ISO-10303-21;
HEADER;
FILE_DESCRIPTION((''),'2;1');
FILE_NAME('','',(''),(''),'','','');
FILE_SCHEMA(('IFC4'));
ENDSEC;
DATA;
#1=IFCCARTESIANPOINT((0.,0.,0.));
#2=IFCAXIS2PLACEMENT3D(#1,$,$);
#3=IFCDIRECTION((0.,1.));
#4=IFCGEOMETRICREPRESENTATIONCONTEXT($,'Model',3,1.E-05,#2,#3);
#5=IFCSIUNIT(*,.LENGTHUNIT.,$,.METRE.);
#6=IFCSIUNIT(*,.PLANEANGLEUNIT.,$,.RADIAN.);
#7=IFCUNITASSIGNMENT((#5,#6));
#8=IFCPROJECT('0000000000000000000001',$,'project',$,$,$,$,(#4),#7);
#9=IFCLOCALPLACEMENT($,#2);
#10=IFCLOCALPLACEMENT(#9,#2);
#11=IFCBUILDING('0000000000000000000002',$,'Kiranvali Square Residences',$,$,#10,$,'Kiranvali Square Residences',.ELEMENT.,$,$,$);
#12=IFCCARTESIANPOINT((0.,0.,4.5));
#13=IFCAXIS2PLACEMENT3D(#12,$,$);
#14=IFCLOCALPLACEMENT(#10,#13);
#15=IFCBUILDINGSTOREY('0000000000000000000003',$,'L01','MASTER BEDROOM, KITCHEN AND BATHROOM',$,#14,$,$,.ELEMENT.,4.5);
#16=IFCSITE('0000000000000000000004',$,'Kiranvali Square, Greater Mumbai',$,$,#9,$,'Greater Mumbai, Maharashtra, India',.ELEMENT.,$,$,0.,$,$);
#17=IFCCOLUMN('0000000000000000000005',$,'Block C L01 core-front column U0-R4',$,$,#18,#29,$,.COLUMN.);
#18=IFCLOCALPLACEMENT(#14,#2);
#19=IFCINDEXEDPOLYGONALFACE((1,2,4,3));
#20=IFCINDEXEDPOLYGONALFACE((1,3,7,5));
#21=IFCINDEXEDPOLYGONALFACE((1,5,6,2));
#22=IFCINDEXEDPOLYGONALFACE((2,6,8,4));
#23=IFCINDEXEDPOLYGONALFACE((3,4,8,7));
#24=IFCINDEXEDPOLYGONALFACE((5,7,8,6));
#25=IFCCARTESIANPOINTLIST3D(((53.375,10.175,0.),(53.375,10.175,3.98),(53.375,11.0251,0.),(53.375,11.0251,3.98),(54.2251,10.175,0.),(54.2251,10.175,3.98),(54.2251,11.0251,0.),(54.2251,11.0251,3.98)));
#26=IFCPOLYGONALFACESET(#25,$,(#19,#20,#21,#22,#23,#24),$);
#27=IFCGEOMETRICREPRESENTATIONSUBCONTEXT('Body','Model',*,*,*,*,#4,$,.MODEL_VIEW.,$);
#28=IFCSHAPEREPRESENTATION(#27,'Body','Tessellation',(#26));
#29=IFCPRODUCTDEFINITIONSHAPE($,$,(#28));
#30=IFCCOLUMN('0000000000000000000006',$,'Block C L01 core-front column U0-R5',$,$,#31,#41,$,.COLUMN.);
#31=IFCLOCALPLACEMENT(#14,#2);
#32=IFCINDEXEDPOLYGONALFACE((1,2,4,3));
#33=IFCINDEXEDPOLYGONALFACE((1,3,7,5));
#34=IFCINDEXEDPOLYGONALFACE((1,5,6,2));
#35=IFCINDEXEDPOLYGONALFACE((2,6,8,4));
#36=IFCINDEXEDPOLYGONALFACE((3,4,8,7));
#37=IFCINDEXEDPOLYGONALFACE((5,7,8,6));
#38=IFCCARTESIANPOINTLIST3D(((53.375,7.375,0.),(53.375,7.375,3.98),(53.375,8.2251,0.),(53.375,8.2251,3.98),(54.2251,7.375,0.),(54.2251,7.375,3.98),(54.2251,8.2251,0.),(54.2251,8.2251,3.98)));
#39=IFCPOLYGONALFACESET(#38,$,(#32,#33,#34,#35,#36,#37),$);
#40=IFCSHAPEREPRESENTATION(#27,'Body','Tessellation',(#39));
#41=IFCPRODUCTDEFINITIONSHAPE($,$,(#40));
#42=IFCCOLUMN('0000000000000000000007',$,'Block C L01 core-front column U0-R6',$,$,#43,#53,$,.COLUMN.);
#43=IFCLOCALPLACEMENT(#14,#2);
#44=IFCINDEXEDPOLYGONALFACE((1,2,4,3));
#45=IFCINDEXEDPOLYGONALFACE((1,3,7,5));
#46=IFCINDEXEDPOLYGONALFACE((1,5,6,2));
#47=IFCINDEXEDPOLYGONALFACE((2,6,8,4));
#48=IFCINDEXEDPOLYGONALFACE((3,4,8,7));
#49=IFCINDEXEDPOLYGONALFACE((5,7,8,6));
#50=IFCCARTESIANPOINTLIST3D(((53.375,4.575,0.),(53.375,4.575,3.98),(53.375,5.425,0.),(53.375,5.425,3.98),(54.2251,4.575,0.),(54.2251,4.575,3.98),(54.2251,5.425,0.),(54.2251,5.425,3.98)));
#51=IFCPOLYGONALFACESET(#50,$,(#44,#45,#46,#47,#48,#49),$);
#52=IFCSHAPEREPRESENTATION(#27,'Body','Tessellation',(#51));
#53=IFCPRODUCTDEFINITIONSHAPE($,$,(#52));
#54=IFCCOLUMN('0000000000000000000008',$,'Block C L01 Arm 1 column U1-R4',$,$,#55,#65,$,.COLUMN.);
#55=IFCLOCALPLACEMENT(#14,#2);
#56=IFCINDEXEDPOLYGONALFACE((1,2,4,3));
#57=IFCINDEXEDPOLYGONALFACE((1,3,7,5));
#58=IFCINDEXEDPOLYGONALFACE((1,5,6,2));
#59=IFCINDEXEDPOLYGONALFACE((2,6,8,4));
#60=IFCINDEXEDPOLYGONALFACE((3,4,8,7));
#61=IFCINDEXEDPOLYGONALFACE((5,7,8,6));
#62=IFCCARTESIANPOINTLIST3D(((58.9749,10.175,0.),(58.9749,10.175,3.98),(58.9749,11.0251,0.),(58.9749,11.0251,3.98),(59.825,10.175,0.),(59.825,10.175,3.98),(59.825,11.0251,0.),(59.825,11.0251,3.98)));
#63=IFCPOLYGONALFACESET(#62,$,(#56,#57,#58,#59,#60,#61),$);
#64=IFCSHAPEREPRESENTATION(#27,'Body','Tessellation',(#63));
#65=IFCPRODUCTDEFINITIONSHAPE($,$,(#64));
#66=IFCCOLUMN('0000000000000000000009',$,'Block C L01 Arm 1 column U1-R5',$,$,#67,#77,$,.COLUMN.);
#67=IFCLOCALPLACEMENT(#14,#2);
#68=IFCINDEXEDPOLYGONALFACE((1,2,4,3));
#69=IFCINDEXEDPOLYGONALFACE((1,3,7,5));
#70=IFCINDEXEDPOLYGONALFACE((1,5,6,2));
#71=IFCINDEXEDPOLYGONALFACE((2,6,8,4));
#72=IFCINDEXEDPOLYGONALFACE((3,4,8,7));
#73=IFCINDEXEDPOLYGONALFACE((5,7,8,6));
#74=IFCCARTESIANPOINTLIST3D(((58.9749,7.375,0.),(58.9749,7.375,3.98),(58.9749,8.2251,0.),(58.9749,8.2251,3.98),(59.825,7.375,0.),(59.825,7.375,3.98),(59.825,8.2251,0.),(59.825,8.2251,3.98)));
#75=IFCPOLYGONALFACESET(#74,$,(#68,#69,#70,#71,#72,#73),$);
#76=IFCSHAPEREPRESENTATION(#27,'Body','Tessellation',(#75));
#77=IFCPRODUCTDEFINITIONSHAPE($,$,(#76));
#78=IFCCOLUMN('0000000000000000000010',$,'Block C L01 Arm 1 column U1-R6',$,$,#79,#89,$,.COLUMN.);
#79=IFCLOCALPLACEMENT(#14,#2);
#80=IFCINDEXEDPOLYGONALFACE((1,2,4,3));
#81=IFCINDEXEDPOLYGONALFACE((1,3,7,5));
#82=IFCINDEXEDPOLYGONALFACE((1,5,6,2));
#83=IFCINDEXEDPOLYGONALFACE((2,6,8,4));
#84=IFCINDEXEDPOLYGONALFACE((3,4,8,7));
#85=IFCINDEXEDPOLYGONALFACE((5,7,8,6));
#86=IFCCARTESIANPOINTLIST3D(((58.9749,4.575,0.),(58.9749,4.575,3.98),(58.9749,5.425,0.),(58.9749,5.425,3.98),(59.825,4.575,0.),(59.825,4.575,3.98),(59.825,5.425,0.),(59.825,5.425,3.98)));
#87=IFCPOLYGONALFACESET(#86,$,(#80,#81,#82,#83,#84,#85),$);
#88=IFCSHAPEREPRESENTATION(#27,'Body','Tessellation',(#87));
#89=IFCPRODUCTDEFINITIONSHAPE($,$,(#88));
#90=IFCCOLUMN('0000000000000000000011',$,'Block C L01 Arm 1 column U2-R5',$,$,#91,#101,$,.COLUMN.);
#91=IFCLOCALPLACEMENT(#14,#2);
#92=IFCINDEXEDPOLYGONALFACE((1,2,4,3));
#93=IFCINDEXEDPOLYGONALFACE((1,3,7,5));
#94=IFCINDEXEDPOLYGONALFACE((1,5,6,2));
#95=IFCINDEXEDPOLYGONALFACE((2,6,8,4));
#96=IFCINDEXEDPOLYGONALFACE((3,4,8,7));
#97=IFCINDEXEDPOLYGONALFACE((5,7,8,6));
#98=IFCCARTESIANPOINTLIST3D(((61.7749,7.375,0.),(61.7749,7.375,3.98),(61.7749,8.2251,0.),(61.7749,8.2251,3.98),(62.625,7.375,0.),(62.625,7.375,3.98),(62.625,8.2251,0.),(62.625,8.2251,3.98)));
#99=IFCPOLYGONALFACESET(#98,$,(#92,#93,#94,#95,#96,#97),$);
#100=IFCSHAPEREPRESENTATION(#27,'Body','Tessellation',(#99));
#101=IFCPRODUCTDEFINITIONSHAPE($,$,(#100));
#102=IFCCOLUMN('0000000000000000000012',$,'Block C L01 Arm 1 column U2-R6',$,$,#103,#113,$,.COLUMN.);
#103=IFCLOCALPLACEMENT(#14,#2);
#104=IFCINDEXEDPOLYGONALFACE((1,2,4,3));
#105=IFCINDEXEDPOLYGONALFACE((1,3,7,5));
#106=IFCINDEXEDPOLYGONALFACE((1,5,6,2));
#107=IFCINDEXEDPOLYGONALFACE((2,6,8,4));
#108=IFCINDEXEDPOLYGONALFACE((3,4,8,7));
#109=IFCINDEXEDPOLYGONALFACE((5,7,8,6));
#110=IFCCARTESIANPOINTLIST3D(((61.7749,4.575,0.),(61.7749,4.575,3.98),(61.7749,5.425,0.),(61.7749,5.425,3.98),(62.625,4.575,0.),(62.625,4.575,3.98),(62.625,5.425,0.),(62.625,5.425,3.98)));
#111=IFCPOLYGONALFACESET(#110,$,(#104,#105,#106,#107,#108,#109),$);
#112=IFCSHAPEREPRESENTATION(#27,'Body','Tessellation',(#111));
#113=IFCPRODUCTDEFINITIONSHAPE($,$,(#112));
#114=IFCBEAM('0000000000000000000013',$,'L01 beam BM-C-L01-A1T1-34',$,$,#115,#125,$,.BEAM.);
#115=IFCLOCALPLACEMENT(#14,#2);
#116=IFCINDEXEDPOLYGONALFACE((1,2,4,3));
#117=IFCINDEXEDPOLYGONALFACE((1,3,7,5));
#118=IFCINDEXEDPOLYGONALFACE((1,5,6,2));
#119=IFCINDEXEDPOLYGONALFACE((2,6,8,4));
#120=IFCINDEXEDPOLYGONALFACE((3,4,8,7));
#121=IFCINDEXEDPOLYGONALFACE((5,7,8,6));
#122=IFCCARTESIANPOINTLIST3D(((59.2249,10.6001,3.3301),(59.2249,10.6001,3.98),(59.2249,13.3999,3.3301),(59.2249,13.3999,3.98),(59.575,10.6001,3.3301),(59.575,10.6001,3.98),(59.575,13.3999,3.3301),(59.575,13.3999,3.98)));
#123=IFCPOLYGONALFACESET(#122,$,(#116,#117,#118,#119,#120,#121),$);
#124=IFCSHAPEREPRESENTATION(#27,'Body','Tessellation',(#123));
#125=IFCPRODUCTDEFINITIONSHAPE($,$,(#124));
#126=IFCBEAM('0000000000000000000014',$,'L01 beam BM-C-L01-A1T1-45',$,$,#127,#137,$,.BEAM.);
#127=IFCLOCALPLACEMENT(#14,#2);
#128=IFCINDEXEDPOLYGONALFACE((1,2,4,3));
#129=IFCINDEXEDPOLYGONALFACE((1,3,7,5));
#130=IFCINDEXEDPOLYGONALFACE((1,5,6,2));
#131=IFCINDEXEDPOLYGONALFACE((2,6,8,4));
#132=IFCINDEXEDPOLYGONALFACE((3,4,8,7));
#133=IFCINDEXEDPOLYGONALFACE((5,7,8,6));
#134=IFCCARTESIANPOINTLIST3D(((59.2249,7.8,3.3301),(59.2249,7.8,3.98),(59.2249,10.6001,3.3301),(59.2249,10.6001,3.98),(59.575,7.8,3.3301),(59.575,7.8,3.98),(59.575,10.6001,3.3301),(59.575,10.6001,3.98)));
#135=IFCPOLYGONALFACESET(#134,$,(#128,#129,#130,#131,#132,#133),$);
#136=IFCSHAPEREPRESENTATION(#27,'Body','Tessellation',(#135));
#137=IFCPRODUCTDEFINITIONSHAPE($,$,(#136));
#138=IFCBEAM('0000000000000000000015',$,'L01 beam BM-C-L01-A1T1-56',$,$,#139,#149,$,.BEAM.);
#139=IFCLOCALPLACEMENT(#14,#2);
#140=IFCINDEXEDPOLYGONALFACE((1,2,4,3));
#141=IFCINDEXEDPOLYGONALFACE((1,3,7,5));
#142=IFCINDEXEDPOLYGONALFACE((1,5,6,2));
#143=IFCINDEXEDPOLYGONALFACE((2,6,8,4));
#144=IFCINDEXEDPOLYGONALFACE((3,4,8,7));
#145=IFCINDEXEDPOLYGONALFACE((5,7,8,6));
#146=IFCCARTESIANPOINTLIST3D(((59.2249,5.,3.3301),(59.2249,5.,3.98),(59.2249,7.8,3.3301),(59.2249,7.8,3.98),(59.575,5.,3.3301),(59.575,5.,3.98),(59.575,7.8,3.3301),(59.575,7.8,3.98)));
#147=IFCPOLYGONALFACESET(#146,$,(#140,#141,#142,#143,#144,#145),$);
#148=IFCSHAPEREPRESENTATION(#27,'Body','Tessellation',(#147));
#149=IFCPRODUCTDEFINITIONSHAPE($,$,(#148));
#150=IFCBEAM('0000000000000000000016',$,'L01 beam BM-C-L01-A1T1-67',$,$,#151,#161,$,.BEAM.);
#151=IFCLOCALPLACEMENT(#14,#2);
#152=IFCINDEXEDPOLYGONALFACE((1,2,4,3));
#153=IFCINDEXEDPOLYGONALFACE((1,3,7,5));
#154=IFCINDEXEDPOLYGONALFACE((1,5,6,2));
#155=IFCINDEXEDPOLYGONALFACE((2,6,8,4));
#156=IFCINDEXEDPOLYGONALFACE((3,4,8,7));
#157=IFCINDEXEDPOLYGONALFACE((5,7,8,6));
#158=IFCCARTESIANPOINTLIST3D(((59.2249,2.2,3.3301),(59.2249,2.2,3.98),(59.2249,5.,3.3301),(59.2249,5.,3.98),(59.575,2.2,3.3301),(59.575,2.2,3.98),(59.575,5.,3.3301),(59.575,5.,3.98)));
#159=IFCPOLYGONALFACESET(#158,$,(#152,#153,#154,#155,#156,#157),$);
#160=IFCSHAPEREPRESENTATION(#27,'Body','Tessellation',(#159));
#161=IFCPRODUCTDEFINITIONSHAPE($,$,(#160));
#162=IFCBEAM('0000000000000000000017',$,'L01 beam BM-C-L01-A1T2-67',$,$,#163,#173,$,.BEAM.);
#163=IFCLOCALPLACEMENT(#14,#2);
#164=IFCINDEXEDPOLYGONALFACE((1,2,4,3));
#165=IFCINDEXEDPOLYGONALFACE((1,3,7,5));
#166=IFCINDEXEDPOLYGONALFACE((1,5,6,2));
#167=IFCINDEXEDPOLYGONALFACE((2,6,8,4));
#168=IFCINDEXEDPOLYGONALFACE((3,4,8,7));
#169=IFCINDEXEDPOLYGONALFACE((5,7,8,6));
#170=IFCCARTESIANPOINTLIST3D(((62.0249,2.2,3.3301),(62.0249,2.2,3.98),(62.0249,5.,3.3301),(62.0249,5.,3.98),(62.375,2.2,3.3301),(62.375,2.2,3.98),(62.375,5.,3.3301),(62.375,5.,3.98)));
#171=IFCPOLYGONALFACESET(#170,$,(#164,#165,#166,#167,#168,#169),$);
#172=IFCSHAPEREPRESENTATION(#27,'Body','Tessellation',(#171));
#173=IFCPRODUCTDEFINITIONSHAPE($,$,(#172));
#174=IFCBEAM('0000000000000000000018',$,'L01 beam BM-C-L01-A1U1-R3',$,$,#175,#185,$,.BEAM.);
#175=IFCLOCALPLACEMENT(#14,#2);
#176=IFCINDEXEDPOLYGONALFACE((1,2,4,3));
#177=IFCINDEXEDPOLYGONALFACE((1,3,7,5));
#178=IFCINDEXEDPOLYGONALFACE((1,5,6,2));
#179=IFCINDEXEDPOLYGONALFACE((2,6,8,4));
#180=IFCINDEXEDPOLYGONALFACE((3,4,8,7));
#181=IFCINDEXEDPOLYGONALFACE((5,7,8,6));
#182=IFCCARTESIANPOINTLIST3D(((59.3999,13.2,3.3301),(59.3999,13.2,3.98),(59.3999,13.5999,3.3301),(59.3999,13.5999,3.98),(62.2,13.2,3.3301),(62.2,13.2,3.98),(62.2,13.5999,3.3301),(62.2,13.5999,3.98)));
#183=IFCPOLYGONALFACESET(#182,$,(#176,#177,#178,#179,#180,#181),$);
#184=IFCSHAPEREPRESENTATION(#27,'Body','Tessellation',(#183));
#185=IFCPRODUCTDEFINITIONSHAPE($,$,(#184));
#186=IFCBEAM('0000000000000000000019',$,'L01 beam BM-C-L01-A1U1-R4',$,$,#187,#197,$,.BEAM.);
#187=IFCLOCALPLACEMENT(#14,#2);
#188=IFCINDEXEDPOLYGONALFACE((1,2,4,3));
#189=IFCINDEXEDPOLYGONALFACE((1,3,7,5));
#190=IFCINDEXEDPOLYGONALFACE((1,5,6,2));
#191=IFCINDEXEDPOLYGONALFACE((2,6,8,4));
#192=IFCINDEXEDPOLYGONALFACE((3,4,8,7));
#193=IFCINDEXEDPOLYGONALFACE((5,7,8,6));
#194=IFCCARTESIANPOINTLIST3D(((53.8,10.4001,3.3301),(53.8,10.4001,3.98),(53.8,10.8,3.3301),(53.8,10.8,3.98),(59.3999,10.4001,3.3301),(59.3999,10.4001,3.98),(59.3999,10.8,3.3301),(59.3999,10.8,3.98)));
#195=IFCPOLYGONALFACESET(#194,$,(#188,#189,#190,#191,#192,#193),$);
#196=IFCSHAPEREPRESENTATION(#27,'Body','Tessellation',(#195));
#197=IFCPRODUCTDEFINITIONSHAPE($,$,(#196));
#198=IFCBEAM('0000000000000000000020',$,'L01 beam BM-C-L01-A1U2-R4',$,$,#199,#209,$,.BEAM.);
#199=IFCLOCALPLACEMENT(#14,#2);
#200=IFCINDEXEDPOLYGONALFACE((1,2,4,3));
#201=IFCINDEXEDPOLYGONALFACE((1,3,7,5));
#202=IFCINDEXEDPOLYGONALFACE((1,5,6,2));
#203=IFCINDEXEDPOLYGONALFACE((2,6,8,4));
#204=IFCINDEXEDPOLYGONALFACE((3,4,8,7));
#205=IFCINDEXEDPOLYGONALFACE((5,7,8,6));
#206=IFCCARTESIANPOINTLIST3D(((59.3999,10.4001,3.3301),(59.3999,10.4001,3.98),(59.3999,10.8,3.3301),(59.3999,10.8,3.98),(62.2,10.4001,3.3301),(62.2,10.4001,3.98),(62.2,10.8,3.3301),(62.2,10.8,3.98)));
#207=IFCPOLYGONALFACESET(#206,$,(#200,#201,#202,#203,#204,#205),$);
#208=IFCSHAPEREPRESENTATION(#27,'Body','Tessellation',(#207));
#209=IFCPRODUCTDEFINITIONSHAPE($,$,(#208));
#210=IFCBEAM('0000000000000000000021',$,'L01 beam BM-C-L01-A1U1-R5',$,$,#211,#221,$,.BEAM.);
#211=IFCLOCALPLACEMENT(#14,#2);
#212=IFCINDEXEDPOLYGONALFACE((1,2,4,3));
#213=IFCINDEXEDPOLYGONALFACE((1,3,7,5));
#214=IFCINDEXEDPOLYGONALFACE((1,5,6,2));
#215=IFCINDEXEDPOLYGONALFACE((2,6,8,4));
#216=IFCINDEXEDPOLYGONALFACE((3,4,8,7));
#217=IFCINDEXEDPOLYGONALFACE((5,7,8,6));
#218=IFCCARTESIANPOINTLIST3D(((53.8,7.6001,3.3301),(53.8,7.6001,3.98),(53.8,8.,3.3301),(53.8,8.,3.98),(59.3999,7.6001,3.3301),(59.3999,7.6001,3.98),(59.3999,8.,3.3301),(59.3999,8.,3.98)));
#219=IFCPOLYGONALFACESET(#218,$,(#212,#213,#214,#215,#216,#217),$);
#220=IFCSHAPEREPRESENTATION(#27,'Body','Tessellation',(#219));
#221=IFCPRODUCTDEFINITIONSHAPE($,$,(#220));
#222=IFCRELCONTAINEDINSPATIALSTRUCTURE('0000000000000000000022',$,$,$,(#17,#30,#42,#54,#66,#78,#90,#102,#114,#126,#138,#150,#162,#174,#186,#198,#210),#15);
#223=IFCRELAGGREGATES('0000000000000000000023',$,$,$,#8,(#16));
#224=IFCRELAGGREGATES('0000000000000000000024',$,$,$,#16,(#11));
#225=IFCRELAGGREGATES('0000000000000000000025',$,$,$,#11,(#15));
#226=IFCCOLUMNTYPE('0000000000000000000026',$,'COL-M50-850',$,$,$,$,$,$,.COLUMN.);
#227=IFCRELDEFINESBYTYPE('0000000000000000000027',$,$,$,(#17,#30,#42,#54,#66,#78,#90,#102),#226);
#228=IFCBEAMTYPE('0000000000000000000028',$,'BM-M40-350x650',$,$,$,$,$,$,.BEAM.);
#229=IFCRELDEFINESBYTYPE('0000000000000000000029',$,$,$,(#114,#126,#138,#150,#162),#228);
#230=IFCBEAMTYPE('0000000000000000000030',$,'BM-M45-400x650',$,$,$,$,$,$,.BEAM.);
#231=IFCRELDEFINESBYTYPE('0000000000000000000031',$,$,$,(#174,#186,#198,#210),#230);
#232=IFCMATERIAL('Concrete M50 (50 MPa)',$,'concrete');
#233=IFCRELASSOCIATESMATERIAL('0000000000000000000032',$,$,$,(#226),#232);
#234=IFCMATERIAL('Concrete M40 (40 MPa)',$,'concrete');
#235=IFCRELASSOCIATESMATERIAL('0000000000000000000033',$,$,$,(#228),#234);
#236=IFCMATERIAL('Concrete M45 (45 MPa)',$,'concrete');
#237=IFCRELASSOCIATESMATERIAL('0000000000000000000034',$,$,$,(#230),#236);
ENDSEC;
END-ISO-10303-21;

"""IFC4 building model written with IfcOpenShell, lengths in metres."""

from ifc_helpers import new_model, si_unit, direction, frame, origin, origin_2d, place, context, subcontext, project, spatial, rectangle, extrude, material, material_profile, profile_set, type_object, element, save


model = new_model("IFC4")

# Units and contexts
model_context = context("Model", 3, precision=1e-05, world=origin(), true_north=direction((0.0, 1.0)))
body_context = subcontext(model_context, "Body", "Model", "MODEL_VIEW")
ifc_project = project(units=[si_unit("LENGTHUNIT", "METRE"), si_unit("PLANEANGLEUNIT", "RADIAN")], contexts=[model_context])

# Site, building, storey
site_placement = place(None, origin())
site = spatial("IfcSite", under=ifc_project, at=site_placement, Name="Kiranvali Square, Greater Mumbai", LongName="Greater Mumbai, Maharashtra, India", CompositionType="ELEMENT", RefElevation=0.0)
building_placement = place(site_placement, origin())
building = spatial("IfcBuilding", under=site, at=building_placement, Name="Kiranvali Square Residences", LongName="Kiranvali Square Residences", CompositionType="ELEMENT")
storey_placement = place(building_placement, frame((0.0, 0.0, 4.5)))
storey = spatial("IfcBuildingStorey", under=building, at=storey_placement, Name="L01", Description="MASTER BEDROOM, KITCHEN AND BATHROOM", CompositionType="ELEMENT", Elevation=4.5)

# Columns
ifc_material_1 = material(Name="Concrete M50 (50 MPa)", Category="concrete")
ifc_material_profile_1 = material_profile(ifc_material_1, rectangle(XDim=0.8501, YDim=0.8501, at=origin_2d()), Name="RC 850x850")
ifc_profile_set_1 = profile_set([ifc_material_profile_1], Name="Concrete M50 (50 MPa)")
column_type = type_object("IfcColumnType", Name="COL-M50-850", PredefinedType="COLUMN", material=ifc_profile_set_1)
for number, where, z_axis, x_axis, name in (
    (1, (53.8, 10.6001, 0.0), (0.0, 0.0, 1.0), (1.0, 0.0, 0.0), "Block C L01 core-front column U0-R4"),
    (2, (53.8, 7.8, 0.0), (0.0, 0.0, 1.0), (1.0, 0.0, 0.0), "Block C L01 core-front column U0-R5"),
    (3, (53.8, 5.0, 0.0), (0.0, 0.0, 1.0), (1.0, 0.0, 0.0), "Block C L01 core-front column U0-R6"),
    (4, (59.3999, 10.6001, 0.0), (0.0, 0.0, 1.0), (1.0, 0.0, 0.0), "Block C L01 Arm 1 column U1-R4"),
    (5, (59.3999, 7.8, 0.0), (0.0, 0.0, 1.0), (1.0, 0.0, 0.0), "Block C L01 Arm 1 column U1-R5"),
    (6, (59.3999, 5.0, 0.0), (0.0, 0.0, 1.0), (1.0, 0.0, 0.0), "Block C L01 Arm 1 column U1-R6"),
    (7, (62.2, 7.8, 0.0), (0.0, 0.0, 1.0), (1.0, 0.0, 0.0), "Block C L01 Arm 1 column U2-R5"),
    (8, (62.2, 5.0, 0.0), (0.0, 0.0, 1.0), (1.0, 0.0, 0.0), "Block C L01 Arm 1 column U2-R6"),
):
    element("IfcColumn", number, at=place(storey_placement, frame(where, z_axis=z_axis, x_axis=x_axis)), inside=storey, type_object=column_type, Name=name, PredefinedType="COLUMN", context=body_context, shape_type="SweptSolid", body=[
        extrude(rectangle(XDim=0.8501, YDim=0.8501, at=origin_2d()), origin(), (0.0, 0.0, 1.0), 3.98),
    ])

# Beams
ifc_material_2 = material(Name="Concrete M40 (40 MPa)", Category="concrete")
ifc_material_profile_2 = material_profile(ifc_material_2, rectangle(XDim=0.3501, YDim=0.6499, at=origin_2d()), Name="RC 350x650")
ifc_profile_set_2 = profile_set([ifc_material_profile_2], Name="Concrete M40 (40 MPa)")
beam_type_1 = type_object("IfcBeamType", Name="BM-M40-350x650", PredefinedType="BEAM", material=ifc_profile_set_2)
beam_1_placement = place(storey_placement, frame((59.3999, 13.3999, 3.655), z_axis=(0.0, -1.0, 0.0), x_axis=(1.0, 0.0, 0.0)))
element("IfcBeam", 9, at=beam_1_placement, inside=storey, type_object=beam_type_1, Name="L01 beam BM-C-L01-A1T1-34", PredefinedType="BEAM", context=body_context, shape_type="SweptSolid", body=[
    extrude(rectangle(XDim=0.3501, YDim=0.6499, at=origin_2d()), origin(), (0.0, 0.0, 1.0), 2.7998),
])
for number, where, z_axis, x_axis, name in (
    (10, (59.3999, 10.6001, 3.655), (0.0, -1.0, 0.0), (1.0, 0.0, 0.0), "L01 beam BM-C-L01-A1T1-45"),
    (11, (59.3999, 7.8, 3.655), (0.0, -1.0, 0.0), (1.0, 0.0, 0.0), "L01 beam BM-C-L01-A1T1-56"),
    (12, (59.3999, 5.0, 3.655), (0.0, -1.0, 0.0), (1.0, 0.0, 0.0), "L01 beam BM-C-L01-A1T1-67"),
    (13, (62.2, 5.0, 3.655), (0.0, -1.0, 0.0), (1.0, 0.0, 0.0), "L01 beam BM-C-L01-A1T2-67"),
):
    element("IfcBeam", number, at=place(storey_placement, frame(where, z_axis=z_axis, x_axis=x_axis)), inside=storey, type_object=beam_type_1, Name=name, PredefinedType="BEAM", context=body_context, shape_type="SweptSolid", body=[
        extrude(rectangle(XDim=0.3501, YDim=0.6499, at=origin_2d()), origin(), (0.0, 0.0, 1.0), 2.8),
    ])
ifc_material_3 = material(Name="Concrete M45 (45 MPa)", Category="concrete")
ifc_material_profile_3 = material_profile(ifc_material_3, rectangle(XDim=0.3999, YDim=0.6499, at=origin_2d()), Name="RC 400x650")
ifc_profile_set_3 = profile_set([ifc_material_profile_3], Name="Concrete M45 (45 MPa)")
beam_type_2 = type_object("IfcBeamType", Name="BM-M45-400x650", PredefinedType="BEAM", material=ifc_profile_set_3)
beam_2_placement = place(storey_placement, frame((59.3999, 13.3999, 3.655), z_axis=(1.0, 0.0, 0.0), x_axis=(0.0, 1.0, 0.0)))
element("IfcBeam", 14, at=beam_2_placement, inside=storey, type_object=beam_type_2, Name="L01 beam BM-C-L01-A1U1-R3", PredefinedType="BEAM", context=body_context, shape_type="SweptSolid", body=[
    extrude(rectangle(XDim=0.3999, YDim=0.6499, at=origin_2d()), origin(), (0.0, 0.0, 1.0), 2.8),
])
beam_3_placement = place(storey_placement, frame((53.8, 10.6001, 3.655), z_axis=(1.0, 0.0, 0.0), x_axis=(0.0, 1.0, 0.0)))
element("IfcBeam", 15, at=beam_3_placement, inside=storey, type_object=beam_type_2, Name="L01 beam BM-C-L01-A1U1-R4", PredefinedType="BEAM", context=body_context, shape_type="SweptSolid", body=[
    extrude(rectangle(XDim=0.3999, YDim=0.6499, at=origin_2d()), origin(), (0.0, 0.0, 1.0), 5.5999),
])
beam_4_placement = place(storey_placement, frame((59.3999, 10.6001, 3.655), z_axis=(1.0, 0.0, 0.0), x_axis=(0.0, 1.0, 0.0)))
element("IfcBeam", 16, at=beam_4_placement, inside=storey, type_object=beam_type_2, Name="L01 beam BM-C-L01-A1U2-R4", PredefinedType="BEAM", context=body_context, shape_type="SweptSolid", body=[
    extrude(rectangle(XDim=0.3999, YDim=0.6499, at=origin_2d()), origin(), (0.0, 0.0, 1.0), 2.8),
])
beam_5_placement = place(storey_placement, frame((53.8, 7.8, 3.655), z_axis=(1.0, 0.0, 0.0), x_axis=(0.0, 1.0, 0.0)))
element("IfcBeam", 17, at=beam_5_placement, inside=storey, type_object=beam_type_2, Name="L01 beam BM-C-L01-A1U1-R5", PredefinedType="BEAM", context=body_context, shape_type="SweptSolid", body=[
    extrude(rectangle(XDim=0.3999, YDim=0.6499, at=origin_2d()), origin(), (0.0, 0.0, 1.0), 5.5999),
])

save(model, "model.ifc")
